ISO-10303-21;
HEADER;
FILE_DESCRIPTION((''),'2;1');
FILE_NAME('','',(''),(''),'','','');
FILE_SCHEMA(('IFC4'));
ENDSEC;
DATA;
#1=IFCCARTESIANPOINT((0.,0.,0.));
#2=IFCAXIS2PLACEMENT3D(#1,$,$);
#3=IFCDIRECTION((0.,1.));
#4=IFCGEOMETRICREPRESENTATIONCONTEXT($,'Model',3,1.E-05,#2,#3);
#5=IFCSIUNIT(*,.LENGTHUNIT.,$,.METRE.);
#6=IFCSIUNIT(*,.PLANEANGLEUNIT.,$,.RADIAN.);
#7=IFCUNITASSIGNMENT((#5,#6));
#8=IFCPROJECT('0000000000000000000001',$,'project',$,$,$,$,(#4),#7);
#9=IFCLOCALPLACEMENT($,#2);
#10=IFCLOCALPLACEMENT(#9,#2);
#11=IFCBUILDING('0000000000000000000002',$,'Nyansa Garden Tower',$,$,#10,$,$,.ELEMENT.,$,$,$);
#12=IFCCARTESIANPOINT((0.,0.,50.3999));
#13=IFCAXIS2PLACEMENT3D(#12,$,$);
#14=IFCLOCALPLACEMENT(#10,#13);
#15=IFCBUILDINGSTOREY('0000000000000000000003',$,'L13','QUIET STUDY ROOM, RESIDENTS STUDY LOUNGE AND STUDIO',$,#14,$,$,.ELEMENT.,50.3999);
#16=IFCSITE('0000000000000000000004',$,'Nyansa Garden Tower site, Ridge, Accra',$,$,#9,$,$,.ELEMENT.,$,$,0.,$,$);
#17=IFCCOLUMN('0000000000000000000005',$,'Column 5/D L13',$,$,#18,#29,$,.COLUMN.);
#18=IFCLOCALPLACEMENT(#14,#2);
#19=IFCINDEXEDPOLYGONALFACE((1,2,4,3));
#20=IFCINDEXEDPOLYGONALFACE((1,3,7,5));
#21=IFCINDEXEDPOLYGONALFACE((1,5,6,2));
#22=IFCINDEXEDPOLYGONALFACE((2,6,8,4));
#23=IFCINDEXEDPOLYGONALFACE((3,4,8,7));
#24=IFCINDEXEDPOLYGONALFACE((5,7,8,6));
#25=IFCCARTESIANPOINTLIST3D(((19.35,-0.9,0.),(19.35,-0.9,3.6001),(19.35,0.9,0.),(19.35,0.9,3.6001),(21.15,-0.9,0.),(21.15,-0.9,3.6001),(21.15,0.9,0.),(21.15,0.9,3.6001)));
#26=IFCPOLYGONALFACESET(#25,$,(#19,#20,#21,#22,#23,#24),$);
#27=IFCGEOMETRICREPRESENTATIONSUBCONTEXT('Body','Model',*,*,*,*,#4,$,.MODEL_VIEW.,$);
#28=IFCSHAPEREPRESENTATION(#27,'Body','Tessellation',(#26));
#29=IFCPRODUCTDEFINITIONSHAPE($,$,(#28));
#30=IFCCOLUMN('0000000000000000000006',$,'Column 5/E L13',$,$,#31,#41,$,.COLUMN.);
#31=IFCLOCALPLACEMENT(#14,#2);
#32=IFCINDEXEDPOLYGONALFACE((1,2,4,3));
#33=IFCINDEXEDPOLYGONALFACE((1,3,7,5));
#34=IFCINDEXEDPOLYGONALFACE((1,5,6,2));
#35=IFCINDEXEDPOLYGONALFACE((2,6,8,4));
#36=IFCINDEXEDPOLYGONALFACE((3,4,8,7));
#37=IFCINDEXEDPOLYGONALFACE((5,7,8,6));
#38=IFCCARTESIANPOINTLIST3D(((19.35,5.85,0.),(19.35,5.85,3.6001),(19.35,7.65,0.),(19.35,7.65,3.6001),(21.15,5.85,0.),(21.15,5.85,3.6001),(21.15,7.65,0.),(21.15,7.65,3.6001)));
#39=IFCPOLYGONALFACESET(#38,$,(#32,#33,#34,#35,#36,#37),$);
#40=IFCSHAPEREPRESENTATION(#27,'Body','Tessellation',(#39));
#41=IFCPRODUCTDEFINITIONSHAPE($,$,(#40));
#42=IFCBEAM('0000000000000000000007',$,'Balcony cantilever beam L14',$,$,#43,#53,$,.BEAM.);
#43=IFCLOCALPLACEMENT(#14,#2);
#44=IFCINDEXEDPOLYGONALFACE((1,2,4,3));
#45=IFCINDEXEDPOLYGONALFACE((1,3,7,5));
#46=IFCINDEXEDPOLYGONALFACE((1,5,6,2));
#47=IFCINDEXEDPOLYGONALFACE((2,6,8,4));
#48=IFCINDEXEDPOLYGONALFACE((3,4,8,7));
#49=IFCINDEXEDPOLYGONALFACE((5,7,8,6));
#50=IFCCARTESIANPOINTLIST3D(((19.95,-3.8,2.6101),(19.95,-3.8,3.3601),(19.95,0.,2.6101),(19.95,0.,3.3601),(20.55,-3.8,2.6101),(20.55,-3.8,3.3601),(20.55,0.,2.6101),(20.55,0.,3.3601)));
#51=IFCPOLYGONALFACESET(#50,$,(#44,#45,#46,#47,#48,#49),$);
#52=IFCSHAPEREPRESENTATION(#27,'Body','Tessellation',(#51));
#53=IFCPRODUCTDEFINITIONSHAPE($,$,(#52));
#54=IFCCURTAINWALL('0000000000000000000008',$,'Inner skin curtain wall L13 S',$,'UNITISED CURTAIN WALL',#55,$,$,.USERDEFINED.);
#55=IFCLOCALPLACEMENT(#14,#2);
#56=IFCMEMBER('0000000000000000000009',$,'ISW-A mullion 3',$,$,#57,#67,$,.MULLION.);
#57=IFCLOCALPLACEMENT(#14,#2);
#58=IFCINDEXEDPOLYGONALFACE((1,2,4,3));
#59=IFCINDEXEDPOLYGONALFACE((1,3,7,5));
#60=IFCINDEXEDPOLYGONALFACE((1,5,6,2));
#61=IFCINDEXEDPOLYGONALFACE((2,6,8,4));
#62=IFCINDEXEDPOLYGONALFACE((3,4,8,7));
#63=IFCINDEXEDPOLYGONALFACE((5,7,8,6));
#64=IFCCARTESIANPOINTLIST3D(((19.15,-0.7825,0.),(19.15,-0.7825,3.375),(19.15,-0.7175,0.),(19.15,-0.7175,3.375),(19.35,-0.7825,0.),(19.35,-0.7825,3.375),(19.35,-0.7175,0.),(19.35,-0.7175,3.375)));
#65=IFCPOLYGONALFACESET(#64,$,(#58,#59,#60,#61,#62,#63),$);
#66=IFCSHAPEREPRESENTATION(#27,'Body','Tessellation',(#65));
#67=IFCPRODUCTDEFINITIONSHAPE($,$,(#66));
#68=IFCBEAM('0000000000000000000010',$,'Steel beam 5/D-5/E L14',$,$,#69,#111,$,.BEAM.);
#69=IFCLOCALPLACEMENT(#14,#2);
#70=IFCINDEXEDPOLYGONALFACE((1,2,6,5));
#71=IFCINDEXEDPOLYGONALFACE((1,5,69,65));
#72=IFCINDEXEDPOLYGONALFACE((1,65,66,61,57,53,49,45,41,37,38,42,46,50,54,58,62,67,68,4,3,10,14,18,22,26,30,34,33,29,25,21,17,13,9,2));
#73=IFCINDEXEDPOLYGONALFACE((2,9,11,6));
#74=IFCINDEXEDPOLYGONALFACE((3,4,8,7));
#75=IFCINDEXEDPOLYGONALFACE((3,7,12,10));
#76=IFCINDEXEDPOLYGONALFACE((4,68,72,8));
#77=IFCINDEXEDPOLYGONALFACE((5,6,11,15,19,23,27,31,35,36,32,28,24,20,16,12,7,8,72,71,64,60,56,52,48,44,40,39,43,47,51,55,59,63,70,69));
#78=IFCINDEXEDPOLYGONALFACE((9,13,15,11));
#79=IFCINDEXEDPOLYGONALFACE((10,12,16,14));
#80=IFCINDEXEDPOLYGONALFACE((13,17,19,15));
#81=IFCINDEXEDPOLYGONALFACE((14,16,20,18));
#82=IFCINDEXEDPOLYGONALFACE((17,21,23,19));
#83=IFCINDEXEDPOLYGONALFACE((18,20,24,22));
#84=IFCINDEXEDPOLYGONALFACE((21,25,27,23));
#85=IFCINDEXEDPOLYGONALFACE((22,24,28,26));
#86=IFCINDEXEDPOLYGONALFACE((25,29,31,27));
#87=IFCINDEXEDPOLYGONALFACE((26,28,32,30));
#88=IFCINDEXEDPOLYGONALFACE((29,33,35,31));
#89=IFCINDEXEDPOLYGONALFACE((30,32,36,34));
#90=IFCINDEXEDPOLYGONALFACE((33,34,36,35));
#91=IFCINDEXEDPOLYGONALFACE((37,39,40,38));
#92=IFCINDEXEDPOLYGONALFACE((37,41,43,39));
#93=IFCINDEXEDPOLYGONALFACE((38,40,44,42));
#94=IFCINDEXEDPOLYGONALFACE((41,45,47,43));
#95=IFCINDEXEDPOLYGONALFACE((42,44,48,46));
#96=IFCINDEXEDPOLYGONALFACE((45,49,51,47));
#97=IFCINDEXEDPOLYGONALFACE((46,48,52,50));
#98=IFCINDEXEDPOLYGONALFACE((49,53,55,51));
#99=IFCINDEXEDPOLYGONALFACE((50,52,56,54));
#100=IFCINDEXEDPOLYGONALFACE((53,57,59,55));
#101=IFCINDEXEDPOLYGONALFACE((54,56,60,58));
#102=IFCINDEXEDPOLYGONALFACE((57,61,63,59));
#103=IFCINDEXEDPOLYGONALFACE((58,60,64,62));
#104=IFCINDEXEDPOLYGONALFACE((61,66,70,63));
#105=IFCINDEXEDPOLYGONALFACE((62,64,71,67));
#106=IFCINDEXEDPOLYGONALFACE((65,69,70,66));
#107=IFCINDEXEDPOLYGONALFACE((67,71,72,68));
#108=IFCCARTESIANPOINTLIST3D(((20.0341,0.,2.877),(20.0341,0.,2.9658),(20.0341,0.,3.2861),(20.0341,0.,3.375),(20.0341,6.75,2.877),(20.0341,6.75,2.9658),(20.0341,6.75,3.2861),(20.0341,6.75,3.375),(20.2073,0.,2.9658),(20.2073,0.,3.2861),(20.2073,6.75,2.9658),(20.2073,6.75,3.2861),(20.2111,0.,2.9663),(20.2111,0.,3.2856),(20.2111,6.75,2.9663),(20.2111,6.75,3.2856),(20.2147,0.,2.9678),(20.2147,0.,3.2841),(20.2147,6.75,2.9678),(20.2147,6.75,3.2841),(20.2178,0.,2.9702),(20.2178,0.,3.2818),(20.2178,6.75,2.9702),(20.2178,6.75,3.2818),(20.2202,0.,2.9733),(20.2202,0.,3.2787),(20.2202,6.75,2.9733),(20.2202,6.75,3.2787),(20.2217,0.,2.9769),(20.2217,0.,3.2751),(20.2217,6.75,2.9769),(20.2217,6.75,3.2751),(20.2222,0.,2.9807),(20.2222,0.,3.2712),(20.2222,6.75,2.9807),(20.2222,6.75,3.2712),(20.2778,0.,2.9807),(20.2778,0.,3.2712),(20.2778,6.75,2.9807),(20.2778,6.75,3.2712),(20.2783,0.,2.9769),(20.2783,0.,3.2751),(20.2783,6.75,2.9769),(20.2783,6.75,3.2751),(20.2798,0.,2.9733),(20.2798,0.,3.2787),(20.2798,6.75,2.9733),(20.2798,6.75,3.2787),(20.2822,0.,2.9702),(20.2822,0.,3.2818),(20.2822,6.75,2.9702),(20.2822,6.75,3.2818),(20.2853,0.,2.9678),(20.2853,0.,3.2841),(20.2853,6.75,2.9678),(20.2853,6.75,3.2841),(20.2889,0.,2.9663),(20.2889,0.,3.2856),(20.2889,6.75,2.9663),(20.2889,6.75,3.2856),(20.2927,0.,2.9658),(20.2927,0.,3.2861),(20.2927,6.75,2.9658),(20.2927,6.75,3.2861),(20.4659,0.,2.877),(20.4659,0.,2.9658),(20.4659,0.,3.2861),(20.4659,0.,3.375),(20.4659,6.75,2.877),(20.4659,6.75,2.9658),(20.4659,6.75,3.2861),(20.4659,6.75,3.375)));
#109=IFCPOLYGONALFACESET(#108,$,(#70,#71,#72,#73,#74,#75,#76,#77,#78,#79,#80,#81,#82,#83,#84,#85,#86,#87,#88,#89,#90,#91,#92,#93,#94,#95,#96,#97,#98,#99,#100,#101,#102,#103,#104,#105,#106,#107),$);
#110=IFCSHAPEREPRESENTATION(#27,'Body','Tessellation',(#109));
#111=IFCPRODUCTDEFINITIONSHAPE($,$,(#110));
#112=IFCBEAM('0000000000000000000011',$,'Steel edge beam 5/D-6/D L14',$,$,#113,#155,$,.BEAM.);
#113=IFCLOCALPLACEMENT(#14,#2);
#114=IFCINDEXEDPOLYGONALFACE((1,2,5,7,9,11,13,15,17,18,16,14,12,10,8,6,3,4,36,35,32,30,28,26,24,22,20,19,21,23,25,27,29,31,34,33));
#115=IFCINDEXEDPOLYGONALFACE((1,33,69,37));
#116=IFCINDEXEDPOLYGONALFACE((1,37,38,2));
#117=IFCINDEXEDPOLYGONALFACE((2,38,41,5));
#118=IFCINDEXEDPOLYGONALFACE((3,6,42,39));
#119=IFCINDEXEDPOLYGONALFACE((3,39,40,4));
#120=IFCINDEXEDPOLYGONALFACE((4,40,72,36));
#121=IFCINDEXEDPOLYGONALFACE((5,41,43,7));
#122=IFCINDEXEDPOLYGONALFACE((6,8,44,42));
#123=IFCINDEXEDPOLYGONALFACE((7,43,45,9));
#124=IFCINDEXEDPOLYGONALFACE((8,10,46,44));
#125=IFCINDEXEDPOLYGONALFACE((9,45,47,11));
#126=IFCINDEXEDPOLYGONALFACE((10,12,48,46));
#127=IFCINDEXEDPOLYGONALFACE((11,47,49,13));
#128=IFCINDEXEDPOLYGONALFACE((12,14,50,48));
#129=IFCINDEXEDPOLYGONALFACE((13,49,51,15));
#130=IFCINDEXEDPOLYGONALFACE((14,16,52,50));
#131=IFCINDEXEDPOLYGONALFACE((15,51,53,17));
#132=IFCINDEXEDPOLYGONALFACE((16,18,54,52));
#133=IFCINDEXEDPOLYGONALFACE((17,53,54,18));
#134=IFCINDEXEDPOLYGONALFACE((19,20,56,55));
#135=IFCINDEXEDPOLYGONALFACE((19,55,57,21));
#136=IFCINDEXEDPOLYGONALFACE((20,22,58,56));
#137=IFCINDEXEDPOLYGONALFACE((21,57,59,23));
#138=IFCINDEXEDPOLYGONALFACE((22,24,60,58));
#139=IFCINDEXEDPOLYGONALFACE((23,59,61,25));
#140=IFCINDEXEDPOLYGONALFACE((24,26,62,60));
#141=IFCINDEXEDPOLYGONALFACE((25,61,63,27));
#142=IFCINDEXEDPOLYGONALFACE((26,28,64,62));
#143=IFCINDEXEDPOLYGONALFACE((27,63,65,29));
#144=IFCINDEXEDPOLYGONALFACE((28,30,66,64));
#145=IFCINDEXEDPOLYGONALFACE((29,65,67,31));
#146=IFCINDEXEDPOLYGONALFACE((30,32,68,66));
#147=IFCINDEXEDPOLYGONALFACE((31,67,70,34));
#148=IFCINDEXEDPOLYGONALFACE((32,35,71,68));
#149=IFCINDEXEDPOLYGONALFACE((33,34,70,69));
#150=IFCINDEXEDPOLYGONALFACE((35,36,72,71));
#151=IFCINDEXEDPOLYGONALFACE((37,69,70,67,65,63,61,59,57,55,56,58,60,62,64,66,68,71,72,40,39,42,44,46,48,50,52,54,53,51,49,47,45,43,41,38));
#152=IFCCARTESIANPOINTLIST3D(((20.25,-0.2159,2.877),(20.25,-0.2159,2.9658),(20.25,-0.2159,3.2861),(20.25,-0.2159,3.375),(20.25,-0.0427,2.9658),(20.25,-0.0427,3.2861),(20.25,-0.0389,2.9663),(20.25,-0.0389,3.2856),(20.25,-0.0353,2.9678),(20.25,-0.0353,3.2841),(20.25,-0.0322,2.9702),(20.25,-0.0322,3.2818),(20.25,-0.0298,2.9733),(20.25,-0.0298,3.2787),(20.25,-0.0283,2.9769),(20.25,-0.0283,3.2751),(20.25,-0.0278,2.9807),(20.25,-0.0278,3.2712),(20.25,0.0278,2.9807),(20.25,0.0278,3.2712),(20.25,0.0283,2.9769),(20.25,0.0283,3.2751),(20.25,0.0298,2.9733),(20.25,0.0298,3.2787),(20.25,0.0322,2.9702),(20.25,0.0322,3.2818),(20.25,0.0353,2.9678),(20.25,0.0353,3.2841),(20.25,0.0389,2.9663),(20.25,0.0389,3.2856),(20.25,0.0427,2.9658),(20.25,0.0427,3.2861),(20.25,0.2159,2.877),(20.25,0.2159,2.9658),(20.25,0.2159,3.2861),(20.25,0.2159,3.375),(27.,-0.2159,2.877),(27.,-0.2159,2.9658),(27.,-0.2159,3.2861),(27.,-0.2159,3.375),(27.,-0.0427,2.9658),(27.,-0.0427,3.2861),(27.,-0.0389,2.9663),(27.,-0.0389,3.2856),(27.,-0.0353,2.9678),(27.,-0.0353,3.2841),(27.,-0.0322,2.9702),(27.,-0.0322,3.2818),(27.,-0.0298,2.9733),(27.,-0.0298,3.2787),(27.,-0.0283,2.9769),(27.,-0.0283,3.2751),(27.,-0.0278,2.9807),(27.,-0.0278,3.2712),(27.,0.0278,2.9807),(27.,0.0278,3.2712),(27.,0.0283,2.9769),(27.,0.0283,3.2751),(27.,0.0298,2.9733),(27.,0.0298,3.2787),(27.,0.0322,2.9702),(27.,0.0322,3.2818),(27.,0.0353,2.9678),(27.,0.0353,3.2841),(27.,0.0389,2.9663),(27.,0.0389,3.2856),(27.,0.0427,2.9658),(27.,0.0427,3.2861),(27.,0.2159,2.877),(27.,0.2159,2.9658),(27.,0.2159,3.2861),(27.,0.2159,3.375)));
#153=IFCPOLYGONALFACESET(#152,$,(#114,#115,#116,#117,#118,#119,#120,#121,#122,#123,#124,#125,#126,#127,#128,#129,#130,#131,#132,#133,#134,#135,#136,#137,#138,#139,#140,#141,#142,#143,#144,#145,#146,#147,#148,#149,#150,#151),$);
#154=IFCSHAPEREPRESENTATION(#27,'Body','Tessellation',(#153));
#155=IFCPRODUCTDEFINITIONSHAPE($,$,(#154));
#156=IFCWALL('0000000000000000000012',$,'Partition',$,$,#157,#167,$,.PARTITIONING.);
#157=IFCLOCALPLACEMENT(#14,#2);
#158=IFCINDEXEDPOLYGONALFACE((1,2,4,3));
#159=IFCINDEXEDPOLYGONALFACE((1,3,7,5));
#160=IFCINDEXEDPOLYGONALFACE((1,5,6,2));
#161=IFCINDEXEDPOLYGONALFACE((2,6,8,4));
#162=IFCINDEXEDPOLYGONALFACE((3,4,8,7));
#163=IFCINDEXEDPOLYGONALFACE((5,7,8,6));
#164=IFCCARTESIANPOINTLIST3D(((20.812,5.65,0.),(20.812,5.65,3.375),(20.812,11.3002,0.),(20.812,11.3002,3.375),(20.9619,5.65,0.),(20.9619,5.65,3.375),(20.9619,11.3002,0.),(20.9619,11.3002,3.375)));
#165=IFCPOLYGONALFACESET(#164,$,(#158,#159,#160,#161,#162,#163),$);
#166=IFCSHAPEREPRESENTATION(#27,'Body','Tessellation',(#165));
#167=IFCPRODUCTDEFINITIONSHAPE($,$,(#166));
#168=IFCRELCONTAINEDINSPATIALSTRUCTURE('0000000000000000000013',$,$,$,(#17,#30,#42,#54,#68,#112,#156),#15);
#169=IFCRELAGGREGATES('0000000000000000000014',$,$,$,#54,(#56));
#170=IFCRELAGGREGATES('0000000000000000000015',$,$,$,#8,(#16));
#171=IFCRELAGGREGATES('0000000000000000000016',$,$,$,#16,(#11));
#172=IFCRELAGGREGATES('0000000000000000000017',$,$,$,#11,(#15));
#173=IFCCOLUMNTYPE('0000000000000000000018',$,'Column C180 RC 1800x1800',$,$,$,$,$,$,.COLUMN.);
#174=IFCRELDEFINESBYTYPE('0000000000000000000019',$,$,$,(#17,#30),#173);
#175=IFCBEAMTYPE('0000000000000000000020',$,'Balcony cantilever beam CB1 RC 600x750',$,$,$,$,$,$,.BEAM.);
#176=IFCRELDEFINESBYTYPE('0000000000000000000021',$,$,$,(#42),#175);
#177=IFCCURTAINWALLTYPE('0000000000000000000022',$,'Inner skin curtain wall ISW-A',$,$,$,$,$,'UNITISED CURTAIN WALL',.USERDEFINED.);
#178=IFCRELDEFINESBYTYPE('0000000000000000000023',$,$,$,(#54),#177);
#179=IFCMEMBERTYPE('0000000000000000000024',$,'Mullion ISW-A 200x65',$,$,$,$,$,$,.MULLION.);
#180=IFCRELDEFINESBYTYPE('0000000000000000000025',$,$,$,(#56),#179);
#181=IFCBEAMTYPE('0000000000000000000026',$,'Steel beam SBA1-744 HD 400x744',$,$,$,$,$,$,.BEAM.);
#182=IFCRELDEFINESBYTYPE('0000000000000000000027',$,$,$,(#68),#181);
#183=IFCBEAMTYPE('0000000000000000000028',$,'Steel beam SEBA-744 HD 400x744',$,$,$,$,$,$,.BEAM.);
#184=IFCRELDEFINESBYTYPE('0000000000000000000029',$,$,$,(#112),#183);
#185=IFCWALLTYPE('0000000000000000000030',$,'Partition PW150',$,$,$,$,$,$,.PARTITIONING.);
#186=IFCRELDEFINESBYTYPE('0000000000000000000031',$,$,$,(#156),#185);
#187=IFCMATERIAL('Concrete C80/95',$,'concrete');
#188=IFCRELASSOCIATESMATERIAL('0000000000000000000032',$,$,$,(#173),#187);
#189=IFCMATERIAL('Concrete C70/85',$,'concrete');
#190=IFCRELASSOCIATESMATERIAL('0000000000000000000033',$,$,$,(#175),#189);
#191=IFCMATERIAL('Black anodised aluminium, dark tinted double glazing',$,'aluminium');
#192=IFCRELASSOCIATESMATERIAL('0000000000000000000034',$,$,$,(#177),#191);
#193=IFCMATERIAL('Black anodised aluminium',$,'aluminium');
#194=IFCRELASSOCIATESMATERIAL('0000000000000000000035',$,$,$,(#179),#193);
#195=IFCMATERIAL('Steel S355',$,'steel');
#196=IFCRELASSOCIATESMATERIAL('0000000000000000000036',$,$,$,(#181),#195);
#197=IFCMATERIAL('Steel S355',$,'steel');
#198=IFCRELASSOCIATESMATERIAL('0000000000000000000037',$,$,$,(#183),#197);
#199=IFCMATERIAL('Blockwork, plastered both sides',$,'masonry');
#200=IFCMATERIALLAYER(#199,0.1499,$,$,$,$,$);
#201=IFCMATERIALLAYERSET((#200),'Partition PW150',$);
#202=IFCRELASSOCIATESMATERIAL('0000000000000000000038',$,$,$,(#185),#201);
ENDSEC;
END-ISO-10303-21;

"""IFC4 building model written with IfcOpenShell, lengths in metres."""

from ifc_helpers import new_model, si_unit, direction, frame, frame_2d, origin, origin_2d, place, context, subcontext, project, spatial, rectangle, i_section, extrude, material, layer, layer_set, material_profile, profile_set, type_object, element, aggregate, save


model = new_model("IFC4")

# Units and contexts
model_context = context("Model", 3, precision=1e-05, world=origin(), true_north=direction((0.0, 1.0)))
body_context = subcontext(model_context, "Body", "Model", "MODEL_VIEW")
ifc_project = project(units=[si_unit("LENGTHUNIT", "METRE"), si_unit("PLANEANGLEUNIT", "RADIAN")], contexts=[model_context])

# Site, building, storey
site_placement = place(None, origin())
site = spatial("IfcSite", under=ifc_project, at=site_placement, Name="Nyansa Garden Tower site, Ridge, Accra", CompositionType="ELEMENT", RefElevation=0.0)
building_placement = place(site_placement, origin())
building = spatial("IfcBuilding", under=site, at=building_placement, Name="Nyansa Garden Tower", CompositionType="ELEMENT")
storey_placement = place(building_placement, frame((0.0, 0.0, 50.3999)))
storey = spatial("IfcBuildingStorey", under=building, at=storey_placement, Name="L13", Description="QUIET STUDY ROOM, RESIDENTS STUDY LOUNGE AND STUDIO", CompositionType="ELEMENT", Elevation=50.3999)

# Columns
ifc_material_1 = material(Name="Concrete C80/95", Category="concrete")
ifc_material_profile_1 = material_profile(ifc_material_1, rectangle(XDim=1.8, YDim=1.8, at=origin_2d()), Name="RC 1800x1800")
ifc_profile_set_1 = profile_set([ifc_material_profile_1], Name="Concrete C80/95")
column_type = type_object("IfcColumnType", Name="Column C180 RC 1800x1800", PredefinedType="COLUMN", material=ifc_profile_set_1)
for number, where, z_axis, x_axis, name in (
    (1, (20.25, 0.0, 0.0), (0.0, 0.0, 1.0), (1.0, 0.0, 0.0), "Column 5/D L13"),
    (2, (20.25, 6.75, 0.0), (0.0, 0.0, 1.0), (1.0, 0.0, 0.0), "Column 5/E L13"),
):
    element("IfcColumn", number, at=place(storey_placement, frame(where, z_axis=z_axis, x_axis=x_axis)), inside=storey, type_object=column_type, Name=name, PredefinedType="COLUMN", context=body_context, shape_type="SweptSolid", body=[
        extrude(rectangle(XDim=1.8, YDim=1.8, at=origin_2d()), origin(), (0.0, 0.0, 1.0), 3.6001),
    ])

# Beam
ifc_material_2 = material(Name="Concrete C70/85", Category="concrete")
ifc_material_profile_2 = material_profile(ifc_material_2, rectangle(XDim=0.6001, YDim=0.75, at=origin_2d()), Name="RC 600x750")
ifc_profile_set_2 = profile_set([ifc_material_profile_2], Name="Concrete C70/85")
beam_type_1 = type_object("IfcBeamType", Name="Balcony cantilever beam CB1 RC 600x750", PredefinedType="BEAM", material=ifc_profile_set_2)
beam_1_placement = place(storey_placement, frame((20.25, 0.0, 2.9851), z_axis=(0.0, -1.0, 0.0), x_axis=(1.0, 0.0, 0.0)))
element("IfcBeam", 3, at=beam_1_placement, inside=storey, type_object=beam_type_1, Name="Balcony cantilever beam L14", PredefinedType="BEAM", context=body_context, shape_type="SweptSolid", body=[
    extrude(rectangle(XDim=0.6001, YDim=0.75, at=origin_2d()), origin(), (0.0, 0.0, 1.0), 3.8),
])

# Curtain wall, member
ifc_material_3 = material(Name="Black anodised aluminium, dark tinted double glazing", Category="aluminium")
curtain_wall_type = type_object("IfcCurtainWallType", Name="Inner skin curtain wall ISW-A", ElementType="UNITISED CURTAIN WALL", PredefinedType="USERDEFINED", material=ifc_material_3)
curtain_wall_placement = place(storey_placement, origin())
curtain_wall = element("IfcCurtainWall", 4, at=curtain_wall_placement, inside=storey, type_object=curtain_wall_type, Name="Inner skin curtain wall L13 S", ObjectType="UNITISED CURTAIN WALL", PredefinedType="USERDEFINED")
ifc_material_4 = material(Name="Black anodised aluminium", Category="aluminium")
ifc_material_profile_3 = material_profile(ifc_material_4, rectangle(XDim=0.0649, YDim=0.2, at=origin_2d()), Name="Mullion 200x65")
ifc_profile_set_3 = profile_set([ifc_material_profile_3], Name="Black anodised aluminium")
member_type = type_object("IfcMemberType", Name="Mullion ISW-A 200x65", PredefinedType="MULLION", material=ifc_profile_set_3)
member_placement = place(storey_placement, frame((19.25, -0.75, 0.0), z_axis=(0.0, 0.0, 1.0), x_axis=(0.0, 1.0, 0.0)))
member = element("IfcMember", 5, at=member_placement, type_object=member_type, Name="ISW-A mullion 3", PredefinedType="MULLION", context=body_context, shape_type="SweptSolid", body=[
    extrude(rectangle(XDim=0.0649, YDim=0.2, at=origin_2d()), origin(), (0.0, 0.0, 1.0), 3.375),
])
aggregate(curtain_wall, [member])

# Beams
ifc_material_5 = material(Name="Steel S355", Category="steel")
ifc_material_profile_4 = material_profile(ifc_material_5, i_section(OverallWidth=0.4319, OverallDepth=0.498, WebThickness=0.0557, FlangeThickness=0.0889, FilletRadius=0.0149, at=origin_2d()), Name="HD 400x744")
ifc_profile_set_4 = profile_set([ifc_material_profile_4], Name="Steel S355")
beam_type_2 = type_object("IfcBeamType", Name="Steel beam SBA1-744 HD 400x744", PredefinedType="BEAM", material=ifc_profile_set_4)
beam_2_placement = place(storey_placement, frame((20.25, 0.0, 3.126), z_axis=(0.0, 1.0, 0.0), x_axis=(-1.0, 0.0, 0.0)))
element("IfcBeam", 6, at=beam_2_placement, inside=storey, type_object=beam_type_2, Name="Steel beam 5/D-5/E L14", PredefinedType="BEAM", context=body_context, shape_type="SweptSolid", body=[
    extrude(i_section(OverallWidth=0.4319, OverallDepth=0.498, WebThickness=0.0557, FlangeThickness=0.0889, FilletRadius=0.0149, at=origin_2d()), origin(), (0.0, 0.0, 1.0), 6.75),
])
ifc_material_6 = material(Name="Steel S355", Category="steel")
ifc_material_profile_5 = material_profile(ifc_material_6, i_section(OverallWidth=0.4319, OverallDepth=0.498, WebThickness=0.0557, FlangeThickness=0.0889, FilletRadius=0.0149, at=origin_2d()), Name="HD 400x744")
ifc_profile_set_5 = profile_set([ifc_material_profile_5], Name="Steel S355")
beam_type_3 = type_object("IfcBeamType", Name="Steel beam SEBA-744 HD 400x744", PredefinedType="BEAM", material=ifc_profile_set_5)
beam_3_placement = place(storey_placement, frame((20.25, 0.0, 3.126), z_axis=(1.0, 0.0, 0.0), x_axis=(0.0, 1.0, 0.0)))
element("IfcBeam", 7, at=beam_3_placement, inside=storey, type_object=beam_type_3, Name="Steel edge beam 5/D-6/D L14", PredefinedType="BEAM", context=body_context, shape_type="SweptSolid", body=[
    extrude(i_section(OverallWidth=0.4319, OverallDepth=0.498, WebThickness=0.0557, FlangeThickness=0.0889, FilletRadius=0.0149, at=origin_2d()), origin(), (0.0, 0.0, 1.0), 6.75),
])

# Wall
ifc_material_7 = material(Name="Blockwork, plastered both sides", Category="masonry")
ifc_layer_1 = layer(ifc_material_7, 0.1499)
ifc_layer_set_1 = layer_set([ifc_layer_1], Name="Partition PW150")
wall_type_1 = type_object("IfcWallType", Name="Partition PW150", PredefinedType="PARTITIONING", material=ifc_layer_set_1)
wall_1_placement = place(storey_placement, frame((20.887, 5.6499, 0.0), z_axis=(0.0, 0.0, 1.0), x_axis=(0.0, 1.0, 0.0)))
element("IfcWall", 8, at=wall_1_placement, inside=storey, type_object=wall_type_1, Name="Partition", PredefinedType="PARTITIONING", context=body_context, shape_type="SweptSolid", body=[
    extrude(rectangle(XDim=5.6501, YDim=0.1499, at=frame_2d((2.8252, 0.0))), origin(), (0.0, 0.0, 1.0), 3.375),
])

save(model, "model.ifc")
